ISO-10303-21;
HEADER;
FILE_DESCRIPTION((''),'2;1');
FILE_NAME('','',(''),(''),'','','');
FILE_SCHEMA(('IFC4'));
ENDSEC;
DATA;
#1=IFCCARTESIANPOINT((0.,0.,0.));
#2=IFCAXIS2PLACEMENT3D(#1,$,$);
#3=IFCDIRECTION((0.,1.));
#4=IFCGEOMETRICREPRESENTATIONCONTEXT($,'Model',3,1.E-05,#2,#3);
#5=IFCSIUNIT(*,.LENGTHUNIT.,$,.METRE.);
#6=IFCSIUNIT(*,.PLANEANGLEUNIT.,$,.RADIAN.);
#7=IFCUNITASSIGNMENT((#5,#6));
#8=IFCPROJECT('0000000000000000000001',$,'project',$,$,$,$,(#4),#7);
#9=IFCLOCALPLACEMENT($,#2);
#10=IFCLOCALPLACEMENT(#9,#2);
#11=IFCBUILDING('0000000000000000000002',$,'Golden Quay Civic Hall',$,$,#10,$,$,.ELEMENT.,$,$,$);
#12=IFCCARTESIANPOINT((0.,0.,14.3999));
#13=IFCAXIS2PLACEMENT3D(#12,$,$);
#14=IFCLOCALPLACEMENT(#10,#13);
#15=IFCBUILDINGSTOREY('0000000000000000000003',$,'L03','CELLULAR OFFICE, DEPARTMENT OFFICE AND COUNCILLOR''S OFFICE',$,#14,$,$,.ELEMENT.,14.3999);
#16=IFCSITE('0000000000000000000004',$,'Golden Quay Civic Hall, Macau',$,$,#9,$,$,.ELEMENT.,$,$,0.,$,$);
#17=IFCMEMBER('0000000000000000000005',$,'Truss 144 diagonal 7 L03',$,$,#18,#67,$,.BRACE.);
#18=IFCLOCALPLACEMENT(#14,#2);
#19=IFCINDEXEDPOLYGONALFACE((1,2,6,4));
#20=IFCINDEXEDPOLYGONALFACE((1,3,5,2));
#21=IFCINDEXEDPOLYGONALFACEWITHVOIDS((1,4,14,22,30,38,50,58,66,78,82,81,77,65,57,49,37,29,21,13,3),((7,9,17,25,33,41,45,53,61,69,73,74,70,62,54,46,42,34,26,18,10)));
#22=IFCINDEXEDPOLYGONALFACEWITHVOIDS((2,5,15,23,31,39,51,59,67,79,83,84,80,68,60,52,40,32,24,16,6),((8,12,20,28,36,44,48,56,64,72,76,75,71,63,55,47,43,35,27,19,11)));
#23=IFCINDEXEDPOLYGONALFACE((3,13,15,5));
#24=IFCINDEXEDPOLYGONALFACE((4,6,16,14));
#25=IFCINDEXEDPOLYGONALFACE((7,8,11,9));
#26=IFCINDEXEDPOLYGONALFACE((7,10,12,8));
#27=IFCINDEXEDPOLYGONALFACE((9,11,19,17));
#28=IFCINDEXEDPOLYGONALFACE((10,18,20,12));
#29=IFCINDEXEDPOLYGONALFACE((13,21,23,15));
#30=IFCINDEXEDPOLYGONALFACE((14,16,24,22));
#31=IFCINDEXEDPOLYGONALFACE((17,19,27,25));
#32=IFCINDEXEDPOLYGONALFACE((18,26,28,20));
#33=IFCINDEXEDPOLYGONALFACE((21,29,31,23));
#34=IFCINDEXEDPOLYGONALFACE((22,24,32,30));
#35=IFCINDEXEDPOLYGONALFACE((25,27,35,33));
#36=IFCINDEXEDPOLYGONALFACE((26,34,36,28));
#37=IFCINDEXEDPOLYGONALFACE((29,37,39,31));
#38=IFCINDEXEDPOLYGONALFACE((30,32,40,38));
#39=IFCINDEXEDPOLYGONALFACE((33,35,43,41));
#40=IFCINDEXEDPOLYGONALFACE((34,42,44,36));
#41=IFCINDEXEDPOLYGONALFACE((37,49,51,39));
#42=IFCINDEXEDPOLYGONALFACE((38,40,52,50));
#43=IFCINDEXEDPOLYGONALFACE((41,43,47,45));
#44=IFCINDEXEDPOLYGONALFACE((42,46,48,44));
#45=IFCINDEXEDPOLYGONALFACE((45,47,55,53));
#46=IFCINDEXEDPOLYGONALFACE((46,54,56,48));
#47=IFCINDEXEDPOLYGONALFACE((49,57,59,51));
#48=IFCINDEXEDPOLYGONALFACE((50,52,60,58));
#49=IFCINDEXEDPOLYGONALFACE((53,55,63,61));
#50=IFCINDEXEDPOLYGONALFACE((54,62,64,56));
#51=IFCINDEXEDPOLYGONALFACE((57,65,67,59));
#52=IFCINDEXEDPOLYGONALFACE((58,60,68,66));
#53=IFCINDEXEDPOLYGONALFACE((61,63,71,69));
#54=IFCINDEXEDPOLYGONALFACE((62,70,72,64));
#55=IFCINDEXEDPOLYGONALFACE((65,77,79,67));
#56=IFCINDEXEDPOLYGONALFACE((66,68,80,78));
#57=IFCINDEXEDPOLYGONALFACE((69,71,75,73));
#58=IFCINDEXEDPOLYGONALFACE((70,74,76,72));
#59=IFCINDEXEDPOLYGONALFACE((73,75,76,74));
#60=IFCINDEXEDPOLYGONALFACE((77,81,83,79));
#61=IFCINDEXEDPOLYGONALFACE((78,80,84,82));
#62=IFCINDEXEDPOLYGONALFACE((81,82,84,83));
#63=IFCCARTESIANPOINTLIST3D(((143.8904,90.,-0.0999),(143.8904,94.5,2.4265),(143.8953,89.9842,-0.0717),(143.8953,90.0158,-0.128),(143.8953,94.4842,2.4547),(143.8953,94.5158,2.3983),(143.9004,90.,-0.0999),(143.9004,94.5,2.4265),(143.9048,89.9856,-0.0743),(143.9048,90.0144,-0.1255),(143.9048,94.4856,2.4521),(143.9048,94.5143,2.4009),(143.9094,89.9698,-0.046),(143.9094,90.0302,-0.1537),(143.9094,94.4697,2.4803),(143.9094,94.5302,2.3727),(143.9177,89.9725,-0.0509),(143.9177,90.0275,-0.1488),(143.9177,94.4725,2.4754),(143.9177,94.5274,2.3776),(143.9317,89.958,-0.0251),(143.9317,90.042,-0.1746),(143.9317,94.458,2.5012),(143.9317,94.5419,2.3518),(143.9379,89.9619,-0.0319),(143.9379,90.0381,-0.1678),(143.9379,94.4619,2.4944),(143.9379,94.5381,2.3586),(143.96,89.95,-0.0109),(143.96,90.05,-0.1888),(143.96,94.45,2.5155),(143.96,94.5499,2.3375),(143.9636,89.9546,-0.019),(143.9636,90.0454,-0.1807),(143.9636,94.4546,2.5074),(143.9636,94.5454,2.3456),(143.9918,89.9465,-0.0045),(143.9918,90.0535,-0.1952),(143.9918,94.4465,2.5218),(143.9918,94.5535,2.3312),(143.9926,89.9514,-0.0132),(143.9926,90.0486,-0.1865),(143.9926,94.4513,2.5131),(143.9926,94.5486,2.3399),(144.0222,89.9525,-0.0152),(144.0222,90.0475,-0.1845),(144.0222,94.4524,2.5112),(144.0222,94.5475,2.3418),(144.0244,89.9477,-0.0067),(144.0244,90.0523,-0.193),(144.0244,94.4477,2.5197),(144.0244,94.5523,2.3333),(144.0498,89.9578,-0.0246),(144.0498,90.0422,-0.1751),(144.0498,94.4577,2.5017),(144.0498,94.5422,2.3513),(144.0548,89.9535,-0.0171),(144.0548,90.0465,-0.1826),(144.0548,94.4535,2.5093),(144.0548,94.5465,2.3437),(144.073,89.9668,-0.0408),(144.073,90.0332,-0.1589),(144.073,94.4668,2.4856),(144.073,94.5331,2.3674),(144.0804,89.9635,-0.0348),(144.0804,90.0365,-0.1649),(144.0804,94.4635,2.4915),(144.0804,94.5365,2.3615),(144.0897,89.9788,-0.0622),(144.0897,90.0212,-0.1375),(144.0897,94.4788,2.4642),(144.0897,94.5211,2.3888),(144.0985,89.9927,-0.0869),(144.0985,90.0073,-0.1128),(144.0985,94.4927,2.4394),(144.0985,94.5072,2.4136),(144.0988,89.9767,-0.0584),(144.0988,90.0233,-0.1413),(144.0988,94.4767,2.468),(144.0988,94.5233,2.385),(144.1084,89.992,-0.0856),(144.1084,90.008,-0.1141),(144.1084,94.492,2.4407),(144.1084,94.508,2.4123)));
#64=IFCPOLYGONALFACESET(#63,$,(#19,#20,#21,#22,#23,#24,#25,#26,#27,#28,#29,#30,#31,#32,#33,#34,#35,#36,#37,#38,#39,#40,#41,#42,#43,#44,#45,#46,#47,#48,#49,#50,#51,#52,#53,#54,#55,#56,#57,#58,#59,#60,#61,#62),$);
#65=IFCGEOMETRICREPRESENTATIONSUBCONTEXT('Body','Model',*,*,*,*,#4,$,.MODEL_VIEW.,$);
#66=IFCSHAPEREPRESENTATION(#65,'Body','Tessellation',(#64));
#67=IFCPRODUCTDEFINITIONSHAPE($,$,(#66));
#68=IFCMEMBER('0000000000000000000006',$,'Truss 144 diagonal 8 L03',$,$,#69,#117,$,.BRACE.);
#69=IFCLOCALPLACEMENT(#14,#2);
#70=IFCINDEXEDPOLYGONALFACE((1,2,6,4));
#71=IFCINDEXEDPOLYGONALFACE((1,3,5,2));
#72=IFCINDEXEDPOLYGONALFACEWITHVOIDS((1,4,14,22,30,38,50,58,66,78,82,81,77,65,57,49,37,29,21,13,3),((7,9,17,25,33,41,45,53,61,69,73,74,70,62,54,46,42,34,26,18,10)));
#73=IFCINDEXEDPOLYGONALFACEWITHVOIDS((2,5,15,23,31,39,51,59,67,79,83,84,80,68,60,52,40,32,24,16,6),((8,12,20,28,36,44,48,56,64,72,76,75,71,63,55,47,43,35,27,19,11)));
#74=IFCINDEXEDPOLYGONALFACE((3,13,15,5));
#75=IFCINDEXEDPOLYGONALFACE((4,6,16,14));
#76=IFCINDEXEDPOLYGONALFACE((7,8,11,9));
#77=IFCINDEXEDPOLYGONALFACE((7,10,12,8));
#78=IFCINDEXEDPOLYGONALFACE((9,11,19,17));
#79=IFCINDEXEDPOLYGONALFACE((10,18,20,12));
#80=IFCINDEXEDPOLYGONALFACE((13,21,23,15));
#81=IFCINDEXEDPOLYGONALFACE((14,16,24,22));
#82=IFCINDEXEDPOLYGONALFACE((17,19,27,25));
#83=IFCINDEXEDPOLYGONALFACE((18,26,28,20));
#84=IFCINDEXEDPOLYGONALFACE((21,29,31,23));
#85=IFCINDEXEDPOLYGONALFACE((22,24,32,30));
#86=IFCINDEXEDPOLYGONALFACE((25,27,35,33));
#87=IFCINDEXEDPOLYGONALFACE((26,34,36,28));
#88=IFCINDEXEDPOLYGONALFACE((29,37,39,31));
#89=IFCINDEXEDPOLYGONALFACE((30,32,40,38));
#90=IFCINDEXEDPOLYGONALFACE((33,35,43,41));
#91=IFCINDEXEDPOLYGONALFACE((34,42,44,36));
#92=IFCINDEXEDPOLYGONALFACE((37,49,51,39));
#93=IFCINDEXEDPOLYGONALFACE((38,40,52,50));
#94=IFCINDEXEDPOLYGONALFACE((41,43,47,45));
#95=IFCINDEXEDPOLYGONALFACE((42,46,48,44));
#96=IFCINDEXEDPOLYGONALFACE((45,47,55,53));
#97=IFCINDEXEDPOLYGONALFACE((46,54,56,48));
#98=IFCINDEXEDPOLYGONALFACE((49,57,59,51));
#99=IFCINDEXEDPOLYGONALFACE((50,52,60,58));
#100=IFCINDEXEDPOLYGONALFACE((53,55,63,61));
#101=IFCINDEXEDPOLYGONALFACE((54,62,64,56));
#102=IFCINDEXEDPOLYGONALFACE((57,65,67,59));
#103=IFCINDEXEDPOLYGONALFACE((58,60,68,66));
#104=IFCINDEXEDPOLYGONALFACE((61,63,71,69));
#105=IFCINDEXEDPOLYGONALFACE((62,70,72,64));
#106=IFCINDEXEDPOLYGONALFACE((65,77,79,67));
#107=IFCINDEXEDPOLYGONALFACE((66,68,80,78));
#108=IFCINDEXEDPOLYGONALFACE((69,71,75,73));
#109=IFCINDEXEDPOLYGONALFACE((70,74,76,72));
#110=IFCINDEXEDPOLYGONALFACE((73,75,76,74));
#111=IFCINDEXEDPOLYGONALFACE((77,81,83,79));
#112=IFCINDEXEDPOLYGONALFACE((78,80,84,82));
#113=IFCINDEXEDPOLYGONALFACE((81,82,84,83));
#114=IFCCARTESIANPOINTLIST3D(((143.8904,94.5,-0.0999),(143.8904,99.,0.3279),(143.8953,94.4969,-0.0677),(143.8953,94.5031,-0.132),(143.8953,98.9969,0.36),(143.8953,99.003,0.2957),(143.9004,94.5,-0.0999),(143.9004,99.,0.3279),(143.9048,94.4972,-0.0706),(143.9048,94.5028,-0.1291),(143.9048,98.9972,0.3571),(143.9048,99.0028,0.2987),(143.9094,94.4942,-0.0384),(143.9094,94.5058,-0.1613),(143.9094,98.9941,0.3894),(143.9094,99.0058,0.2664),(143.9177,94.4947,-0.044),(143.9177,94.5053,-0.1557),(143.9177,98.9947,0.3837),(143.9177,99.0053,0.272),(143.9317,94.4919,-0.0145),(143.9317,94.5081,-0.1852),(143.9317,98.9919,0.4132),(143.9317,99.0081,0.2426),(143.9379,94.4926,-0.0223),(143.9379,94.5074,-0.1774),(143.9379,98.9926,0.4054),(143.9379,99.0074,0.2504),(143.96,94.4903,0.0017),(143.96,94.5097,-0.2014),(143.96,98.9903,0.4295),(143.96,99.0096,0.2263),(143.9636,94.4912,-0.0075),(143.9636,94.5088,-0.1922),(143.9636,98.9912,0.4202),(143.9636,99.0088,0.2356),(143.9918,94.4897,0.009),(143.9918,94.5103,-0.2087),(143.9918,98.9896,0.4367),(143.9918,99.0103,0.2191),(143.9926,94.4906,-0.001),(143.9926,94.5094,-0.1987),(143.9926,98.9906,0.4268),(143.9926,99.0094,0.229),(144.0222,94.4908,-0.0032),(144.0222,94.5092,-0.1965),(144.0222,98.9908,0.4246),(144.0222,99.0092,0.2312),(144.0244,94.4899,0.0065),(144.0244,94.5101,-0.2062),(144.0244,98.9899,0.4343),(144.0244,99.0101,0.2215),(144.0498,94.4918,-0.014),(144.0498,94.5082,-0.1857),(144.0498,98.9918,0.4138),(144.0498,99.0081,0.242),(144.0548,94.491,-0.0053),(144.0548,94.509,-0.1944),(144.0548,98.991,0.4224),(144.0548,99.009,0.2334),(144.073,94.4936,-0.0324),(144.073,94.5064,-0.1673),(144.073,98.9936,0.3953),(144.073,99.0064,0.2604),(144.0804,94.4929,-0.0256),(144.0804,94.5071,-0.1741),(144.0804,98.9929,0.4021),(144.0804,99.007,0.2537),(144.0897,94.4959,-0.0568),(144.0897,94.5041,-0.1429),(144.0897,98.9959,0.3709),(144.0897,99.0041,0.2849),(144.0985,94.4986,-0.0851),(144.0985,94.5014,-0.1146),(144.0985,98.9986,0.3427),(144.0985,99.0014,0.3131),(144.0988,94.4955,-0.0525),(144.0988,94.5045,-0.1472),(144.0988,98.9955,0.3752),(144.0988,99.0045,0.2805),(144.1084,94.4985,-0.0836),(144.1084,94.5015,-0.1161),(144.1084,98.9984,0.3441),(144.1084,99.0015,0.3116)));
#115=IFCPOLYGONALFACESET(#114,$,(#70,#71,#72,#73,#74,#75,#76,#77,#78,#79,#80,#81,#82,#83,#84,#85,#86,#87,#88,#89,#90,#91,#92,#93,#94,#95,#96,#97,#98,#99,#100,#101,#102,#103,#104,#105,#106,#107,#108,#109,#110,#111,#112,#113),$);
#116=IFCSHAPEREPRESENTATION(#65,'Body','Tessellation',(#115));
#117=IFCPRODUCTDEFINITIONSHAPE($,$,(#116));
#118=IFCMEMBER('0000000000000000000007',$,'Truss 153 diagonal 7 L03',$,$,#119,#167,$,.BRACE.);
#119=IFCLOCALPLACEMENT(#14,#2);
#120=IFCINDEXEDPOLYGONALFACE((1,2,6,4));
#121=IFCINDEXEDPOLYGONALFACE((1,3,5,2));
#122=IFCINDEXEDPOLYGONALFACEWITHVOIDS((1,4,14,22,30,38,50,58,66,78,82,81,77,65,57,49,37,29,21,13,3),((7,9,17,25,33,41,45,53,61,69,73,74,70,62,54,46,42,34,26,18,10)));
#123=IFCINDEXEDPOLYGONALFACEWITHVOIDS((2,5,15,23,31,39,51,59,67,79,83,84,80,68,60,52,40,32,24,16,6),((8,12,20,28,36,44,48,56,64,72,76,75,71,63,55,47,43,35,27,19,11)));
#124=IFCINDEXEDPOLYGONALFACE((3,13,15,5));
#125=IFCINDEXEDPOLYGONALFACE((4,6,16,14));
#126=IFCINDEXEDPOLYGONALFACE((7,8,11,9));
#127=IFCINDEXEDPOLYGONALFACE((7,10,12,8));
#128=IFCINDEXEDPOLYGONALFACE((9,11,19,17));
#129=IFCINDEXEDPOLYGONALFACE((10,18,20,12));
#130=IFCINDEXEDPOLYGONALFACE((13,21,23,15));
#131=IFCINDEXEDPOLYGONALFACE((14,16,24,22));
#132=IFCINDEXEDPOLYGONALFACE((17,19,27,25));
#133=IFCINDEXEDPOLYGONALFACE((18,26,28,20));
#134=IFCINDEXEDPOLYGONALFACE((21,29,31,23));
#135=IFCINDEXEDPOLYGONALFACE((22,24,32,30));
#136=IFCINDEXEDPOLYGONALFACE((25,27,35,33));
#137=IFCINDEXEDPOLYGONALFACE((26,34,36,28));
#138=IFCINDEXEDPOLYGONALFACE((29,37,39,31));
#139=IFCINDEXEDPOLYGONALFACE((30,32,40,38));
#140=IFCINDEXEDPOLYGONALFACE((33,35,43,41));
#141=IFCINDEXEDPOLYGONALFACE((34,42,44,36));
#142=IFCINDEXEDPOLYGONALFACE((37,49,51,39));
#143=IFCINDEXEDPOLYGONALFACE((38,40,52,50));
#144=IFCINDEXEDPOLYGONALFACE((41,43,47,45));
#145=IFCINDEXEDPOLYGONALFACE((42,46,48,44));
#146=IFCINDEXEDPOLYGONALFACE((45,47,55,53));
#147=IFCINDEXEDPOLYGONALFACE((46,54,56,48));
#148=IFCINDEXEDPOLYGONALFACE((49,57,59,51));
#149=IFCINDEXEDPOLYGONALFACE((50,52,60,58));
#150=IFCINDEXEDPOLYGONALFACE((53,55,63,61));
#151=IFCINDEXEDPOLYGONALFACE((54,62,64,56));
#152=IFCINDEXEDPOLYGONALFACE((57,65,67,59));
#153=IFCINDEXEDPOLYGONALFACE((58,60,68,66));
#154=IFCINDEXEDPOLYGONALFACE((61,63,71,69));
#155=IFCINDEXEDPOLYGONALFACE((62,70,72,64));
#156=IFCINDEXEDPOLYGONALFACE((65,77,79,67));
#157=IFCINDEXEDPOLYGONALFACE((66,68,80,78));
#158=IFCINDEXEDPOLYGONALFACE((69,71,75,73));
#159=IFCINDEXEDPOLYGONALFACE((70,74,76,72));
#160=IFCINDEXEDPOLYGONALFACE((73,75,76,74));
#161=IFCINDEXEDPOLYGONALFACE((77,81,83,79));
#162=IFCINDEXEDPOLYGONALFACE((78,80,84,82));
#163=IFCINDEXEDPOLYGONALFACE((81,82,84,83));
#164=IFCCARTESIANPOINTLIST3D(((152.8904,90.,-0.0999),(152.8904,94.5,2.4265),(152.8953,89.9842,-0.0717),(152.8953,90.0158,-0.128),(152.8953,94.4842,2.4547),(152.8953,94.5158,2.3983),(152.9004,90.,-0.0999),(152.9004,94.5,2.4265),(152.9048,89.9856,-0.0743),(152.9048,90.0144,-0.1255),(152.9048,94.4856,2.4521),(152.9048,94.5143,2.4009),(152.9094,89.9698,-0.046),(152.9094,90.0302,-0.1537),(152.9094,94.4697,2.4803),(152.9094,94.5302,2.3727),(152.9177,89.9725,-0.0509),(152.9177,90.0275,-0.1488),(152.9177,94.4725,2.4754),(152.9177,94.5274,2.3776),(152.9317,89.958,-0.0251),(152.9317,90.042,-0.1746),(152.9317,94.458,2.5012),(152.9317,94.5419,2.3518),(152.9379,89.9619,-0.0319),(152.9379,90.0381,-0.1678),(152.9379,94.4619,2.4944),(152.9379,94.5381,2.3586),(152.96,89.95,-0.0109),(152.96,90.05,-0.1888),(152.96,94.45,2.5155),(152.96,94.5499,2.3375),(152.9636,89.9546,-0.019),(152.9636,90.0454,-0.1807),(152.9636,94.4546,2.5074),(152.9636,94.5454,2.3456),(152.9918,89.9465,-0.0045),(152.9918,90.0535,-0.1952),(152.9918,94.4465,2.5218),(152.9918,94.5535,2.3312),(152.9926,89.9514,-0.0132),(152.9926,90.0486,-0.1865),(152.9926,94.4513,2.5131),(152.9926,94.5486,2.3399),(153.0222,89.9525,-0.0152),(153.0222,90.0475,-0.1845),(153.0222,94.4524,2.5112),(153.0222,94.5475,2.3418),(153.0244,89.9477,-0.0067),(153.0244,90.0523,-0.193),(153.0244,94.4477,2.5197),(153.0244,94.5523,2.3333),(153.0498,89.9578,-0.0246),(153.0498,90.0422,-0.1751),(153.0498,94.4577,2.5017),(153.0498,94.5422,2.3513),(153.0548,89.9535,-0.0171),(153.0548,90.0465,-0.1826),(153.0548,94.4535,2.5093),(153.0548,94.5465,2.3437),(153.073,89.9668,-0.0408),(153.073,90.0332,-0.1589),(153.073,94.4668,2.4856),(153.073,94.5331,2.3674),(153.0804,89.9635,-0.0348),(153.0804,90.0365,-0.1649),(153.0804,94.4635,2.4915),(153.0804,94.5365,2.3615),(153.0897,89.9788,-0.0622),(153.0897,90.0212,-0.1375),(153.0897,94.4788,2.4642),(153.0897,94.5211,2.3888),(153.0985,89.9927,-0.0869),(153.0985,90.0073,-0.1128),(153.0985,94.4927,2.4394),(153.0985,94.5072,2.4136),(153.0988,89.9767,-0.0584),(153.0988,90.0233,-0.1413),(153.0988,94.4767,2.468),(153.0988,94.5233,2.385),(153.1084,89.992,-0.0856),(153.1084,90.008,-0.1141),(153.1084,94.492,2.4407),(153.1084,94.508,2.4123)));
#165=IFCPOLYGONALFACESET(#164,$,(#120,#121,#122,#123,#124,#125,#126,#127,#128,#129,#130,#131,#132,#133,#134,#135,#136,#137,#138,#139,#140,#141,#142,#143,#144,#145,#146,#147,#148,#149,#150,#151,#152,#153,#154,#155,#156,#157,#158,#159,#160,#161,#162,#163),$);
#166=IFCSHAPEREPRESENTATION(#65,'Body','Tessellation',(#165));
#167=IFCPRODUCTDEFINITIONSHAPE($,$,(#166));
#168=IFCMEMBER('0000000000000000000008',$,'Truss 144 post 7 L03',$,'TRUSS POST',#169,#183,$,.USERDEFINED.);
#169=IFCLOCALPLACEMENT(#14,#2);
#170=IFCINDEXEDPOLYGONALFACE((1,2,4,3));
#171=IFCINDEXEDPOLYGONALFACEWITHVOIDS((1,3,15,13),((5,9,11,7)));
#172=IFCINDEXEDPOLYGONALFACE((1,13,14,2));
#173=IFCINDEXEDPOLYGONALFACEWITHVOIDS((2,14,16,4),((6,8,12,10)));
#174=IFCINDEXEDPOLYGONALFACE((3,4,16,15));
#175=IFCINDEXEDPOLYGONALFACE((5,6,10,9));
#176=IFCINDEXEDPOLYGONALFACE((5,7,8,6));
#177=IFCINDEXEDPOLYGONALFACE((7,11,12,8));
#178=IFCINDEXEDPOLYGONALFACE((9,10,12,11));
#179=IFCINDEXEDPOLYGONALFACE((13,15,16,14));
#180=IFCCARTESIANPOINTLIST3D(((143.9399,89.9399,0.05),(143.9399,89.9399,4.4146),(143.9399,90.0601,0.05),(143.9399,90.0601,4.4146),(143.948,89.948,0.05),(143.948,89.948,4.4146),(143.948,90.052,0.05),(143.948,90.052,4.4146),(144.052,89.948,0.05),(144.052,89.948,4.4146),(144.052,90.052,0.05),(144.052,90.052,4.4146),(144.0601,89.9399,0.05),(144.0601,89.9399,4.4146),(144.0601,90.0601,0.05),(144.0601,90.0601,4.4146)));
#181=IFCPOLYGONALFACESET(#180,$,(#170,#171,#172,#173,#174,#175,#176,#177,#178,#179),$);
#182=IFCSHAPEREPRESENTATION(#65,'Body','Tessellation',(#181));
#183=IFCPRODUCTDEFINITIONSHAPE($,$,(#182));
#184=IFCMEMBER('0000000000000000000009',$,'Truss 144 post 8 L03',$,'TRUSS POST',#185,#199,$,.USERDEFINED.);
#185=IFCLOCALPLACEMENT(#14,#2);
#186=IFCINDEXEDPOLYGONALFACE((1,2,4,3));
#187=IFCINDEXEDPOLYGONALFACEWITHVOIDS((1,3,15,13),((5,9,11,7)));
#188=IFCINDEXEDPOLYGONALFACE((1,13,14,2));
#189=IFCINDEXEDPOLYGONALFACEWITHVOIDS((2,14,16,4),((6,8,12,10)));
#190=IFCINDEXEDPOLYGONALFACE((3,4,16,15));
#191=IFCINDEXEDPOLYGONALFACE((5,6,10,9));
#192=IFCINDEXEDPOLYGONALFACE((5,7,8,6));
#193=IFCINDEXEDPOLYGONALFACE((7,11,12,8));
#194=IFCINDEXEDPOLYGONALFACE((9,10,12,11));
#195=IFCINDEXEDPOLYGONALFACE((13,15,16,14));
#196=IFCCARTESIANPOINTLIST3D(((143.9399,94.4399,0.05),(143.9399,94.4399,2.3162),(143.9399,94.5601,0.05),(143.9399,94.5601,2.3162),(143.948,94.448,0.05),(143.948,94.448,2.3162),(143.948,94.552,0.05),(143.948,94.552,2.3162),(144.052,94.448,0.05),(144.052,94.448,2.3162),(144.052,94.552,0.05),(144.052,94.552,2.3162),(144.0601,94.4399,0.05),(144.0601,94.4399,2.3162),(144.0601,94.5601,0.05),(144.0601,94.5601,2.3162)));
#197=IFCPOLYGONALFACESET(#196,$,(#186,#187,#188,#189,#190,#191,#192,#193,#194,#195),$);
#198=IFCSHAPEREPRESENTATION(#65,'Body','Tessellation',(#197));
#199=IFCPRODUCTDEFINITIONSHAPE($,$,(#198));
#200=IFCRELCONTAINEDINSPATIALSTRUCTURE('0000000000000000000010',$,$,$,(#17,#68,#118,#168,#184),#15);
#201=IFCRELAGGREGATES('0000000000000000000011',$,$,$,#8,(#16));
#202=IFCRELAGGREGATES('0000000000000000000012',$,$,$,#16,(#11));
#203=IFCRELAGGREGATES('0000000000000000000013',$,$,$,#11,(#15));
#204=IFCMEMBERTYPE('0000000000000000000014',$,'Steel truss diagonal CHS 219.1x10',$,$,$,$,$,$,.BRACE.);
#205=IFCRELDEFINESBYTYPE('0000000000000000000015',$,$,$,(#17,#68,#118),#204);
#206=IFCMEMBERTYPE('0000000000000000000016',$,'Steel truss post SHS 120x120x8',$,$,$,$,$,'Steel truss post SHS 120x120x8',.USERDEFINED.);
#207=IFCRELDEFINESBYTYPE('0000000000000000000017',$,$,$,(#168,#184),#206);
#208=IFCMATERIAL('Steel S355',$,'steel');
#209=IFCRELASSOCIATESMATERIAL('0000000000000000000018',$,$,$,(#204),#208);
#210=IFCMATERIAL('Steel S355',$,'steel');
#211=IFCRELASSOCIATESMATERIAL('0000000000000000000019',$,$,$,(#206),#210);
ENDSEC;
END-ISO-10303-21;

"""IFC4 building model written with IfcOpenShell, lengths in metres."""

from ifc_helpers import new_model, si_unit, direction, frame, origin, origin_2d, place, context, subcontext, project, spatial, hollow_rectangle, hollow_circle, extrude, material, material_profile, profile_set, type_object, element, save


model = new_model("IFC4")

# Units and contexts
model_context = context("Model", 3, precision=1e-05, world=origin(), true_north=direction((0.0, 1.0)))
body_context = subcontext(model_context, "Body", "Model", "MODEL_VIEW")
ifc_project = project(units=[si_unit("LENGTHUNIT", "METRE"), si_unit("PLANEANGLEUNIT", "RADIAN")], contexts=[model_context])

# Site, building, storey
site_placement = place(None, origin())
site = spatial("IfcSite", under=ifc_project, at=site_placement, Name="Golden Quay Civic Hall, Macau", CompositionType="ELEMENT", RefElevation=0.0)
building_placement = place(site_placement, origin())
building = spatial("IfcBuilding", under=site, at=building_placement, Name="Golden Quay Civic Hall", CompositionType="ELEMENT")
storey_placement = place(building_placement, frame((0.0, 0.0, 14.3999)))
storey = spatial("IfcBuildingStorey", under=building, at=storey_placement, Name="L03", Description="CELLULAR OFFICE, DEPARTMENT OFFICE AND COUNCILLOR'S OFFICE", CompositionType="ELEMENT", Elevation=14.3999)

# Members
ifc_material_1 = material(Name="Steel S355", Category="steel")
ifc_material_profile_1 = material_profile(ifc_material_1, hollow_circle(Radius=0.1096, WallThickness=0.01, at=origin_2d()), Name="CHS 219.1x10")
ifc_profile_set_1 = profile_set([ifc_material_profile_1], Name="Steel S355")
member_type_1 = type_object("IfcMemberType", Name="Steel truss diagonal CHS 219.1x10", PredefinedType="BRACE", material=ifc_profile_set_1)
member_1_placement = place(storey_placement, frame((144.0, 90.0, -0.0999), z_axis=(0.0, 0.87198, 0.489542), x_axis=(-1.0, 0.0, 0.0)))
element("IfcMember", 1, at=member_1_placement, inside=storey, type_object=member_type_1, Name="Truss 144 diagonal 7 L03", PredefinedType="BRACE", context=body_context, shape_type="SweptSolid", body=[
    extrude(hollow_circle(Radius=0.1096, WallThickness=0.01, at=origin_2d()), origin(), (0.0, 0.0, 1.0), 5.1606),
])
member_2_placement = place(storey_placement, frame((144.0, 94.5, -0.0999), z_axis=(0.0, 0.995513, 0.094626), x_axis=(-1.0, 0.0, 0.0)))
element("IfcMember", 2, at=member_2_placement, inside=storey, type_object=member_type_1, Name="Truss 144 diagonal 8 L03", PredefinedType="BRACE", context=body_context, shape_type="SweptSolid", body=[
    extrude(hollow_circle(Radius=0.1096, WallThickness=0.01, at=origin_2d()), origin(), (0.0, 0.0, 1.0), 4.5203),
])
member_3_placement = place(storey_placement, frame((153.0, 90.0, -0.0999), z_axis=(0.0, 0.87198, 0.489542), x_axis=(-1.0, 0.0, 0.0)))
element("IfcMember", 3, at=member_3_placement, inside=storey, type_object=member_type_1, Name="Truss 153 diagonal 7 L03", PredefinedType="BRACE", context=body_context, shape_type="SweptSolid", body=[
    extrude(hollow_circle(Radius=0.1096, WallThickness=0.01, at=origin_2d()), origin(), (0.0, 0.0, 1.0), 5.1606),
])
ifc_material_2 = material(Name="Steel S355", Category="steel")
ifc_material_profile_2 = material_profile(ifc_material_2, hollow_rectangle(XDim=0.1201, YDim=0.1201, WallThickness=0.0081, at=origin_2d()), Name="SHS 120x120x8")
ifc_profile_set_2 = profile_set([ifc_material_profile_2], Name="Steel S355")
member_type_2 = type_object("IfcMemberType", Name="Steel truss post SHS 120x120x8", ElementType="Steel truss post SHS 120x120x8", PredefinedType="USERDEFINED", material=ifc_profile_set_2)
member_4_placement = place(storey_placement, frame((144.0, 90.0, 0.05), z_axis=(0.0, 0.0, 1.0), x_axis=(1.0, 0.0, 0.0)))
element("IfcMember", 4, at=member_4_placement, inside=storey, type_object=member_type_2, Name="Truss 144 post 7 L03", ObjectType="TRUSS POST", PredefinedType="USERDEFINED", context=body_context, shape_type="SweptSolid", body=[
    extrude(hollow_rectangle(XDim=0.1201, YDim=0.1201, WallThickness=0.0081, at=origin_2d()), origin(), (0.0, 0.0, 1.0), 4.3645),
])
member_5_placement = place(storey_placement, frame((144.0, 94.5, 0.05), z_axis=(0.0, 0.0, 1.0), x_axis=(1.0, 0.0, 0.0)))
element("IfcMember", 5, at=member_5_placement, inside=storey, type_object=member_type_2, Name="Truss 144 post 8 L03", ObjectType="TRUSS POST", PredefinedType="USERDEFINED", context=body_context, shape_type="SweptSolid", body=[
    extrude(hollow_rectangle(XDim=0.1201, YDim=0.1201, WallThickness=0.0081, at=origin_2d()), origin(), (0.0, 0.0, 1.0), 2.2661),
])

save(model, "model.ifc")
